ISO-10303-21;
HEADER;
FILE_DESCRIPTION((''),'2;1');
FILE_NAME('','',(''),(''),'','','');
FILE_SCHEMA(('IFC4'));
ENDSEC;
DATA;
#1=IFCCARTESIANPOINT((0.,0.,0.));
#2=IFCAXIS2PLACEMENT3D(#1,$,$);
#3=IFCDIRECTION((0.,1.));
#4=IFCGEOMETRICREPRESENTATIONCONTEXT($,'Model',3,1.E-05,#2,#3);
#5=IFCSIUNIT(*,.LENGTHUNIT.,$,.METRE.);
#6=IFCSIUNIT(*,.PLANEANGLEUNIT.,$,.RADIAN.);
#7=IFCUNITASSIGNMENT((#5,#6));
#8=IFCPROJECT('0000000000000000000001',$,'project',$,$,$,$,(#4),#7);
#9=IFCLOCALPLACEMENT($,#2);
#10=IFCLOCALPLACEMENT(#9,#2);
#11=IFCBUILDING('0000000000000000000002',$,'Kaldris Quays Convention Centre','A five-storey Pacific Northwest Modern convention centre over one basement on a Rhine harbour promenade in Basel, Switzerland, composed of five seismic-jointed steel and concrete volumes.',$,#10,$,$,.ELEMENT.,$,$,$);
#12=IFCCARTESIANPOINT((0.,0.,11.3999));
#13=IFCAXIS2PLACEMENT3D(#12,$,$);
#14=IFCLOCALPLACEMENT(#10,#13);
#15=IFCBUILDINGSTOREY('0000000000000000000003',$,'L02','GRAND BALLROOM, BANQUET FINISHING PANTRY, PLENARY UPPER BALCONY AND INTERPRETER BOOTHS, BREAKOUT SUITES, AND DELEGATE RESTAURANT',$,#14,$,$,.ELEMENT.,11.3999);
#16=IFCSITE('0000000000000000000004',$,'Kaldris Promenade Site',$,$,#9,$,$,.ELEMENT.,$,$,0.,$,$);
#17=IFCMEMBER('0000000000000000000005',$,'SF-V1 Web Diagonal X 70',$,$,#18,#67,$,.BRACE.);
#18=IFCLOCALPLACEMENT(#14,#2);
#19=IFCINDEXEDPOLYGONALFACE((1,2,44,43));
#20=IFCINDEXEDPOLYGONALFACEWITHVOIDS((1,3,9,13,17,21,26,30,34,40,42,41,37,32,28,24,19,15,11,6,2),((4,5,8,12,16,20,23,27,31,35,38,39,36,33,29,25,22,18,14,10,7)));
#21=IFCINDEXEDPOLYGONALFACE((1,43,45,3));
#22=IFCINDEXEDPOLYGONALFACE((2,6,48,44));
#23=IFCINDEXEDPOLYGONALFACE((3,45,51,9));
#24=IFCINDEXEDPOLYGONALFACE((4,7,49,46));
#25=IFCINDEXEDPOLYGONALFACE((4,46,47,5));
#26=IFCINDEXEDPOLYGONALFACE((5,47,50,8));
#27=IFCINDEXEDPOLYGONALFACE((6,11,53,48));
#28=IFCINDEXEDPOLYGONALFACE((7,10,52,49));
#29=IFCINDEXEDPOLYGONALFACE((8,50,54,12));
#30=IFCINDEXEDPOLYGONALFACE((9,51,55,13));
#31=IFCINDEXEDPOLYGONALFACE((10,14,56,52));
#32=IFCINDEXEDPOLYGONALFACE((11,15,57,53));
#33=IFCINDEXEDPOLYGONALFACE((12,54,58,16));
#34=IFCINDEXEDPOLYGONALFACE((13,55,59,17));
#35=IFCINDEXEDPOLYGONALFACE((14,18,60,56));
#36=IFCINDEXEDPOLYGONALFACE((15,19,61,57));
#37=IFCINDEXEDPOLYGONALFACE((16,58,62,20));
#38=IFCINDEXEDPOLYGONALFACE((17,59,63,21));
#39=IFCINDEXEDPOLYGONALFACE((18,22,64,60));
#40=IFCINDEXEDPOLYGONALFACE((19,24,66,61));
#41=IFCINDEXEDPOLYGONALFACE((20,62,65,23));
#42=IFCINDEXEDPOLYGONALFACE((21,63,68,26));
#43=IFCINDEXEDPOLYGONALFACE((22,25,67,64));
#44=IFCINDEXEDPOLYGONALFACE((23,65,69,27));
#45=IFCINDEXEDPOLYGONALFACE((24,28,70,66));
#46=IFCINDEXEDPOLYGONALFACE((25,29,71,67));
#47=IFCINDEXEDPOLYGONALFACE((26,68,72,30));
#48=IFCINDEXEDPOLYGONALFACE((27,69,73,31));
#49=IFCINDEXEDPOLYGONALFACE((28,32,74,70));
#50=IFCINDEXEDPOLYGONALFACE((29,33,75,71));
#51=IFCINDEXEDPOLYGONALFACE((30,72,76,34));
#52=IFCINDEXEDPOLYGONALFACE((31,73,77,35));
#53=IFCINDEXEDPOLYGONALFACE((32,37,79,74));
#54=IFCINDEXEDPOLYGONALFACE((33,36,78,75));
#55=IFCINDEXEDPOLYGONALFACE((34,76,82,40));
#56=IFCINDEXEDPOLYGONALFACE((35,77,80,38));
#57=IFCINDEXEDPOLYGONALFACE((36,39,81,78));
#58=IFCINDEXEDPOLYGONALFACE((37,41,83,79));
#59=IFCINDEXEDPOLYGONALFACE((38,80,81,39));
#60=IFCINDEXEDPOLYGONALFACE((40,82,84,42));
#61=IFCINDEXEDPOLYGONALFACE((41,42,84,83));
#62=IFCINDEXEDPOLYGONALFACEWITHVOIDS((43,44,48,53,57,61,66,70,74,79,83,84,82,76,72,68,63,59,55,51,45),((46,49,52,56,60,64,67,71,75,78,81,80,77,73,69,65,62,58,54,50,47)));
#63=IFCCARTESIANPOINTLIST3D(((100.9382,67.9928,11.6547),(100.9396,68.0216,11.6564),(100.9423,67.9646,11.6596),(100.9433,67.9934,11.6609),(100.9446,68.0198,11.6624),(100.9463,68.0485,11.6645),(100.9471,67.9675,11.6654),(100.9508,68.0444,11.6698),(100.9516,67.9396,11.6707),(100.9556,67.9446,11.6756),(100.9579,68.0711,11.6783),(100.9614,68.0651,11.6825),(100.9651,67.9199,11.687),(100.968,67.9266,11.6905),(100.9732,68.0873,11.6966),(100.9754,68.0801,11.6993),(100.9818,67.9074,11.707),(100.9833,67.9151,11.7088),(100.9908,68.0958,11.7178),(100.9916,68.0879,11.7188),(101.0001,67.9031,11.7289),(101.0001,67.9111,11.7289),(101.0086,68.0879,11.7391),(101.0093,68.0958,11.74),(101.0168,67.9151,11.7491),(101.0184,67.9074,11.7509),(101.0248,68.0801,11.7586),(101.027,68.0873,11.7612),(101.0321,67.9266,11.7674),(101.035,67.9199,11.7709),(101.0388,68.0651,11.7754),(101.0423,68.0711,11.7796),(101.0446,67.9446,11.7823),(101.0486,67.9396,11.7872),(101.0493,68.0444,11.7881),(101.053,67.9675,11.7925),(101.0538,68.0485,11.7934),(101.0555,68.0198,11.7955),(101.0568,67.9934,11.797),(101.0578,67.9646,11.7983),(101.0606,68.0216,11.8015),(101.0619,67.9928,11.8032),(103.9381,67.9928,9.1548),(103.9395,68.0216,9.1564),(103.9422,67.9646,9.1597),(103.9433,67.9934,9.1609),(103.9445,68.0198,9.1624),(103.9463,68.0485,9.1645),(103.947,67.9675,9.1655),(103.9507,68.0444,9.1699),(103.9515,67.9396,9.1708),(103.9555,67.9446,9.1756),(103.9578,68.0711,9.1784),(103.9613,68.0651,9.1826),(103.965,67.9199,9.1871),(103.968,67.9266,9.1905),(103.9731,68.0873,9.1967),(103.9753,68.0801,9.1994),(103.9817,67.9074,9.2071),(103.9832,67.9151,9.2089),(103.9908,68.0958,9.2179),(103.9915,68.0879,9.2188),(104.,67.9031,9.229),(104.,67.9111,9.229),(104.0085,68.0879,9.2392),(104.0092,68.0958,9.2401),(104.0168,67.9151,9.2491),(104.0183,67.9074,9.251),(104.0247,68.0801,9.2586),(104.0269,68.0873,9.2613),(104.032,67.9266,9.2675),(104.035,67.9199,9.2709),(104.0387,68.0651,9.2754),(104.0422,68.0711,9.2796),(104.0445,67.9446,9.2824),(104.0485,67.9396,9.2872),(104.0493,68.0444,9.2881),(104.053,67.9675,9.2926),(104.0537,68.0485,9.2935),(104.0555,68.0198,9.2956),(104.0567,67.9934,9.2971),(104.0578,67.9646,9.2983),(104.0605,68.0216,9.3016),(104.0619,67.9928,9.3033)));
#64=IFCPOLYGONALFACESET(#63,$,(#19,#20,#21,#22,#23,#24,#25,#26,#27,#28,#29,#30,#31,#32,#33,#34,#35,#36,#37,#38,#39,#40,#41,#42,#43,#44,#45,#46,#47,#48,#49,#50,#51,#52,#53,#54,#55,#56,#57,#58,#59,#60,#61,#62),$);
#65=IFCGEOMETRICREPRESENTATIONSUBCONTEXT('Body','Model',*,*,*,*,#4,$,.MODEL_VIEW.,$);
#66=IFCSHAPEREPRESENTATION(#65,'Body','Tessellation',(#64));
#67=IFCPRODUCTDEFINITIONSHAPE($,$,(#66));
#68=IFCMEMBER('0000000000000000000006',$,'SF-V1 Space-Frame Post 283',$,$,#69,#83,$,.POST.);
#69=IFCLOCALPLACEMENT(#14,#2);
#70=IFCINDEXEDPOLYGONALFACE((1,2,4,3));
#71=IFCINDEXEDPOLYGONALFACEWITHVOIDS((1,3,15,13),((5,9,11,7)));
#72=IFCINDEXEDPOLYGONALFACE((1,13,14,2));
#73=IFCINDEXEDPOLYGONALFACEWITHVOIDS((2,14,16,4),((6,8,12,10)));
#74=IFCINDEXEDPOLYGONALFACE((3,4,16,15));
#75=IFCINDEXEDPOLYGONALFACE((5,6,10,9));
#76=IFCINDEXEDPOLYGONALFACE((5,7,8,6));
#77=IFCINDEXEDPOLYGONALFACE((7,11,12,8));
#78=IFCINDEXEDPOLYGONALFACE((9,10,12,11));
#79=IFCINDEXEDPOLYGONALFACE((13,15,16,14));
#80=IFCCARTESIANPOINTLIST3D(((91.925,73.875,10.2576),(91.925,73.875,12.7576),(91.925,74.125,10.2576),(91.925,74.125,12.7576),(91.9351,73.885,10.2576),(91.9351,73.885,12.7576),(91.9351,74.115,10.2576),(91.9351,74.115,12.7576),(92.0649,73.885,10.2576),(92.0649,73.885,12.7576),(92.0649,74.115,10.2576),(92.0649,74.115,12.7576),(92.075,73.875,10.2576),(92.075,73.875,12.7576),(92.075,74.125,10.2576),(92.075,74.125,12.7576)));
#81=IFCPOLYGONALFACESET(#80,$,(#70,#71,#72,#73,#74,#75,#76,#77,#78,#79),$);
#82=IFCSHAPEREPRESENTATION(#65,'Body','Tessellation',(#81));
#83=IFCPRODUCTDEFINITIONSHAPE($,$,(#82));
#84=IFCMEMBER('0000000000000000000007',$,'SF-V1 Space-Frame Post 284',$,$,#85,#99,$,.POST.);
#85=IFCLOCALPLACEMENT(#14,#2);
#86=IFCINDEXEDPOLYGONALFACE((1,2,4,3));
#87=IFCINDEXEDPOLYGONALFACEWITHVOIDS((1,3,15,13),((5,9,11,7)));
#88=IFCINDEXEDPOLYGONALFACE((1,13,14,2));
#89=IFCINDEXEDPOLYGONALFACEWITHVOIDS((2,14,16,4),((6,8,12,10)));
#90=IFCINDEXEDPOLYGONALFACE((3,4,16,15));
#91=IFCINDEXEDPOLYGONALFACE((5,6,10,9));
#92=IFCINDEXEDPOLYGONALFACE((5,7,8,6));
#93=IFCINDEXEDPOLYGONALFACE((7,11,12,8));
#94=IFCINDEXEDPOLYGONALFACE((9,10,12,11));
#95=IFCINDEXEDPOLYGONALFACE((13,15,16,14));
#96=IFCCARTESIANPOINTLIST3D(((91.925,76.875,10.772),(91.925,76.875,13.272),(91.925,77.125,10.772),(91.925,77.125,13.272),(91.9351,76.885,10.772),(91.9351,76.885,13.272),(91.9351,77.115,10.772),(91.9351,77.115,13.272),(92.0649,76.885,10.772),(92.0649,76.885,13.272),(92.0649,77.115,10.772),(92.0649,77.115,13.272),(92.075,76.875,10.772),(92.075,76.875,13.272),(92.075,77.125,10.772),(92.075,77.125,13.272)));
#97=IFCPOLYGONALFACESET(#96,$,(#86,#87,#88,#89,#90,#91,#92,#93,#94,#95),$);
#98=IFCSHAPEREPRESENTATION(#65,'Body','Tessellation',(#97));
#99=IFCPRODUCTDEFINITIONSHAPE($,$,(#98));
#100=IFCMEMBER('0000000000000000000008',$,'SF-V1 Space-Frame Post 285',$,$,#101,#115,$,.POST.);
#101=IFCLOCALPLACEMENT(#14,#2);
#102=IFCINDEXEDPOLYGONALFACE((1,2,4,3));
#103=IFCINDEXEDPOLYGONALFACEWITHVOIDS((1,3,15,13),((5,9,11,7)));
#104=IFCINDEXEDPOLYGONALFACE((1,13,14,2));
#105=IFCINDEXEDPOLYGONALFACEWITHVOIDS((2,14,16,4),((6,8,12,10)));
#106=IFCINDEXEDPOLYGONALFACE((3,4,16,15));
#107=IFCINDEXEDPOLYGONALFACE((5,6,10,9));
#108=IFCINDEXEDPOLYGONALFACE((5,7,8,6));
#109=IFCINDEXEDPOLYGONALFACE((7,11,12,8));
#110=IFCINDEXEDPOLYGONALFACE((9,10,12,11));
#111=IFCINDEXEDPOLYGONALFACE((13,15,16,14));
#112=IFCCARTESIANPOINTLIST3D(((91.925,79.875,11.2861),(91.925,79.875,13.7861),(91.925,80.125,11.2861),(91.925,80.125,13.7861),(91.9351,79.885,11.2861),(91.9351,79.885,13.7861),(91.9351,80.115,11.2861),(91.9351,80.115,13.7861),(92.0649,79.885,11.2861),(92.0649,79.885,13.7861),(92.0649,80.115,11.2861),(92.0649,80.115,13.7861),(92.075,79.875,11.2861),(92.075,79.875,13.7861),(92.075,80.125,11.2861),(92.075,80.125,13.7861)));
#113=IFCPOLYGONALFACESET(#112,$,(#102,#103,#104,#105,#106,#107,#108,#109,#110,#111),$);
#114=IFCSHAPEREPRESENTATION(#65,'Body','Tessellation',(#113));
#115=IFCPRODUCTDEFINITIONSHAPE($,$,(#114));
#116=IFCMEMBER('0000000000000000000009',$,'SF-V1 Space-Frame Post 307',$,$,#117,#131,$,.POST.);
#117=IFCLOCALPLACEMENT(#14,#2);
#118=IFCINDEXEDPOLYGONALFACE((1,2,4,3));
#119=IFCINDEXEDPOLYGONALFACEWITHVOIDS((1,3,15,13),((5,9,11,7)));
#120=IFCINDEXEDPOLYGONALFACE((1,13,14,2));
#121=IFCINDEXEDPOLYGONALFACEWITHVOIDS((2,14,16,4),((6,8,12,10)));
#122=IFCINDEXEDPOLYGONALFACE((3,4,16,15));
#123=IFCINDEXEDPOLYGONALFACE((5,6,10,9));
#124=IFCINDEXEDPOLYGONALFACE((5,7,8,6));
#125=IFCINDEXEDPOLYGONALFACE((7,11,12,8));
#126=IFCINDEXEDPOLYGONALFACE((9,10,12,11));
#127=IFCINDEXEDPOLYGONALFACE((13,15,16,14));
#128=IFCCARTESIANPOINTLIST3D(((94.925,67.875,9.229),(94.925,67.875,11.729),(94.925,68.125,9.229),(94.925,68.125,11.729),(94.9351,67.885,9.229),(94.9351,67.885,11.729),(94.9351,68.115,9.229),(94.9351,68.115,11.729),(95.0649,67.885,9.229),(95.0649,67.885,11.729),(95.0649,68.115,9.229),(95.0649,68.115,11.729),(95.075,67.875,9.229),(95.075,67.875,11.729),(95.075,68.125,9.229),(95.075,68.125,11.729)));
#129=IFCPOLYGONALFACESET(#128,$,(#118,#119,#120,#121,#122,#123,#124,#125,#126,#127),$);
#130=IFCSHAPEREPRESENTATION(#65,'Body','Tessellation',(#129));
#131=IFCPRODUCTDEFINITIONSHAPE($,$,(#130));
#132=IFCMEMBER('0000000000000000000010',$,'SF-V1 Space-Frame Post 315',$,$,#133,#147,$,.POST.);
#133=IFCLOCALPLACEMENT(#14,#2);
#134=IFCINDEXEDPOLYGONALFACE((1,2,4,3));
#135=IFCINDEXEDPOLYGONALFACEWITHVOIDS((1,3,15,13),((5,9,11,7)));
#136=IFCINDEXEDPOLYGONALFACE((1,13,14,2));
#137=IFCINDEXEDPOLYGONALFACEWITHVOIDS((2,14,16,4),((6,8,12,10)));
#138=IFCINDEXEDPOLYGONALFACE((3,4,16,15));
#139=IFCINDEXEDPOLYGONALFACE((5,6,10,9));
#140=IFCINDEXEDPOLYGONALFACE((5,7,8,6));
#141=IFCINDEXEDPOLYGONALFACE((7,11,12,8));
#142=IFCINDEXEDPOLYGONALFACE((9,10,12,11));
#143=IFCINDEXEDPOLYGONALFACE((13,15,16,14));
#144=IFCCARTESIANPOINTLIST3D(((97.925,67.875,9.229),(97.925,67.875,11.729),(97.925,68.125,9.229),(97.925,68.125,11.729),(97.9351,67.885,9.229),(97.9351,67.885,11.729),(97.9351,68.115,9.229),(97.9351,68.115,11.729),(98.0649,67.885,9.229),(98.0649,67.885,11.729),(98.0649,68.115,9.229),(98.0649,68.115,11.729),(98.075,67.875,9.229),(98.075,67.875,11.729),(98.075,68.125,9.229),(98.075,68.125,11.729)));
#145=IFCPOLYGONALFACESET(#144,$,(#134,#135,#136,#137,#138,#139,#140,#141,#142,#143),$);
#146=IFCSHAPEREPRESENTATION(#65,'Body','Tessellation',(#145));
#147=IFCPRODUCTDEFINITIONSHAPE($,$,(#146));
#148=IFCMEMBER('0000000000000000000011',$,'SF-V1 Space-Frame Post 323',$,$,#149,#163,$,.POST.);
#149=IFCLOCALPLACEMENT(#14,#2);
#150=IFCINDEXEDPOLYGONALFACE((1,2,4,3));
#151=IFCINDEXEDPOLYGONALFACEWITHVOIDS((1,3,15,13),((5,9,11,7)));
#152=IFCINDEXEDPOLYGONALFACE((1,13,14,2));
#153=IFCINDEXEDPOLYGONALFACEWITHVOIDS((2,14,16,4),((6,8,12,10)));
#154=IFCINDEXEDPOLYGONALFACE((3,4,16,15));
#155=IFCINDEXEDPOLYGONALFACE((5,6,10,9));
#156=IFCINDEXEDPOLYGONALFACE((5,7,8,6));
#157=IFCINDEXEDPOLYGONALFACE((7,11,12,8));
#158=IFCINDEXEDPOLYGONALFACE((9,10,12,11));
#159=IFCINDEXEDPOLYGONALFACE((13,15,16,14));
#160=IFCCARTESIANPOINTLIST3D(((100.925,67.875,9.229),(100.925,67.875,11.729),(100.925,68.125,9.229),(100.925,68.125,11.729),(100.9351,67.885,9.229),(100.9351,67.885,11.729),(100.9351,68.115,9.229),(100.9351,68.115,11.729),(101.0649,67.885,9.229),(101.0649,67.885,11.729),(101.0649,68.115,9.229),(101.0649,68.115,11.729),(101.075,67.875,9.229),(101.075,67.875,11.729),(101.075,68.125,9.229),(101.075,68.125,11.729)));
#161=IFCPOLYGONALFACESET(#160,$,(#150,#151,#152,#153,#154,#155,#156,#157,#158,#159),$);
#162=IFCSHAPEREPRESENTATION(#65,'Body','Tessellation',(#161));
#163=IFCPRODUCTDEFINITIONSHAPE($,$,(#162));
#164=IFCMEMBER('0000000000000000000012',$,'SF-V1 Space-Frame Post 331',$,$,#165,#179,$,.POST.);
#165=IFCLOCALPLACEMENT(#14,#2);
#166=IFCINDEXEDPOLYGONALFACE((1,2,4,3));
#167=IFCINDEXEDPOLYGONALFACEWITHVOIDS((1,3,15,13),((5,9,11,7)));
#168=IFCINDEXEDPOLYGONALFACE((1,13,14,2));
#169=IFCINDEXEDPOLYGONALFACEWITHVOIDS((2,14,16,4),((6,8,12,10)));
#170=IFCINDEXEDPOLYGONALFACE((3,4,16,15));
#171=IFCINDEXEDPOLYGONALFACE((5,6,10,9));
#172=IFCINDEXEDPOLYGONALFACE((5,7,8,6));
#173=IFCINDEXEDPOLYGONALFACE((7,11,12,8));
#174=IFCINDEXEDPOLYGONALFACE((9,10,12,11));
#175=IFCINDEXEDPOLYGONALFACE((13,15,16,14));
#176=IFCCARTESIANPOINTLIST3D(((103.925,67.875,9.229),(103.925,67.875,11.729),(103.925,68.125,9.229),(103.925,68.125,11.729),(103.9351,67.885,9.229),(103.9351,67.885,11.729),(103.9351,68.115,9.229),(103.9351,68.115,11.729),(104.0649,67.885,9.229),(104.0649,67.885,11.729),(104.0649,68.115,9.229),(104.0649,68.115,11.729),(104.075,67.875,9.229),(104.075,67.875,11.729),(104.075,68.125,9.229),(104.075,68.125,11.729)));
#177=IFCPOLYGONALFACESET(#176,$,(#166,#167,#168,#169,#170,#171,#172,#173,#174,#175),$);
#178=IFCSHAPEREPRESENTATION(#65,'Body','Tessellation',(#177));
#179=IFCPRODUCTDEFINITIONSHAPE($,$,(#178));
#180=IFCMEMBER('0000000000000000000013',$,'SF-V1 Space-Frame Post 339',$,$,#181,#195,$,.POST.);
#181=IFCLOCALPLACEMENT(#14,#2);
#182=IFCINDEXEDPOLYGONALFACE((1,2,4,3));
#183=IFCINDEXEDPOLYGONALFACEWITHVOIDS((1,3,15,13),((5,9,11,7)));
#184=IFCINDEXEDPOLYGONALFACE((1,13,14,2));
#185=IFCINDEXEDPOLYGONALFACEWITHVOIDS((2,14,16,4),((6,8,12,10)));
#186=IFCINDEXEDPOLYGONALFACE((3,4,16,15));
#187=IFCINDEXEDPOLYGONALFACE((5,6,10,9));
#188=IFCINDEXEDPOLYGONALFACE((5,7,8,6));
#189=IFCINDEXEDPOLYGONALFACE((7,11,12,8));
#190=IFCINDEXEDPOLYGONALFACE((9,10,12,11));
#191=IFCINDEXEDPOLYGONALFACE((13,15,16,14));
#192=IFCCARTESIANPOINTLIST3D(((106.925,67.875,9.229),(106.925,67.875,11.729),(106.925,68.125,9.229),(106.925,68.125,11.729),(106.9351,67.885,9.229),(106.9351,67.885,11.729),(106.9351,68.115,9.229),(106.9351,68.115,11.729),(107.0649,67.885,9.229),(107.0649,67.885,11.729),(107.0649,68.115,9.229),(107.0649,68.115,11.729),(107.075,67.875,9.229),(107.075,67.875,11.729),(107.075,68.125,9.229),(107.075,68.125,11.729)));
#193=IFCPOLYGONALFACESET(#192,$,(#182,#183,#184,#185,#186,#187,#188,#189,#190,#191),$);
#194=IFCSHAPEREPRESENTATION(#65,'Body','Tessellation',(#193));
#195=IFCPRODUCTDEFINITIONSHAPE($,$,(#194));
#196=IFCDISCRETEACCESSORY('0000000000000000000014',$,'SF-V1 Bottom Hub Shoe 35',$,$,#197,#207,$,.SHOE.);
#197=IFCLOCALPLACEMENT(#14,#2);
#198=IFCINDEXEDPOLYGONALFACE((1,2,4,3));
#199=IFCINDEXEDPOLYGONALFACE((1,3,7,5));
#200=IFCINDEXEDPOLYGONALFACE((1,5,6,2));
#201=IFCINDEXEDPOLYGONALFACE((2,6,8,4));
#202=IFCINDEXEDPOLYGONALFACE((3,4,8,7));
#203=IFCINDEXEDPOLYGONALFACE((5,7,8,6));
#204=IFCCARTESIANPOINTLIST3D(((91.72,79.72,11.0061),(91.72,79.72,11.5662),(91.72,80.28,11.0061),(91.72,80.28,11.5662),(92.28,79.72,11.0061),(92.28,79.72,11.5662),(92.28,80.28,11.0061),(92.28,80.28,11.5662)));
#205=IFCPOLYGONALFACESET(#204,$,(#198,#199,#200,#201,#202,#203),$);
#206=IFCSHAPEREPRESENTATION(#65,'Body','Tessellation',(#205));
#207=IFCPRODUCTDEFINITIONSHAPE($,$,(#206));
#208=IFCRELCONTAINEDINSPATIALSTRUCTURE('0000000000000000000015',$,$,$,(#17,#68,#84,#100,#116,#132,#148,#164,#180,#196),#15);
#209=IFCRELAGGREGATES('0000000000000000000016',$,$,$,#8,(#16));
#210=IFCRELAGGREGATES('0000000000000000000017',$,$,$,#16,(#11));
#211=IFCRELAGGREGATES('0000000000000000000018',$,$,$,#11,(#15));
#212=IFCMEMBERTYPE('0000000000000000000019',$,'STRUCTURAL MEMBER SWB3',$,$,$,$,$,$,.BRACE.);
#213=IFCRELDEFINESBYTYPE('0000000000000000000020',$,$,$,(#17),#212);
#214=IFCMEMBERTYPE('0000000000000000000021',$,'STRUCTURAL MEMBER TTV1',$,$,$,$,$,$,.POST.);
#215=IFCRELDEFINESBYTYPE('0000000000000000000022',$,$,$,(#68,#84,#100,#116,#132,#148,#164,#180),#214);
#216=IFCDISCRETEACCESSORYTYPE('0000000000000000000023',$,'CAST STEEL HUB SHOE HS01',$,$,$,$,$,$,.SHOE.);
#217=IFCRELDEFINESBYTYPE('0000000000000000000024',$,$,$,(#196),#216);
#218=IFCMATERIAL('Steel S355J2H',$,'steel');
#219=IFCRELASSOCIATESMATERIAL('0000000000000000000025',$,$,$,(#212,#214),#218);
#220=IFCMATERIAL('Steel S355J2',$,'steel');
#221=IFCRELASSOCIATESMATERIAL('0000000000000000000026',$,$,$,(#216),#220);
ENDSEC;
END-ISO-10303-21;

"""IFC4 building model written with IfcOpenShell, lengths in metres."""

from ifc_helpers import new_model, si_unit, direction, frame, origin, origin_2d, place, context, subcontext, project, spatial, rectangle, hollow_rectangle, hollow_circle, extrude, material, material_profile, profile_set, type_object, element, save


model = new_model("IFC4")

# Units and contexts
model_context = context("Model", 3, precision=1e-05, world=origin(), true_north=direction((0.0, 1.0)))
body_context = subcontext(model_context, "Body", "Model", "MODEL_VIEW")
ifc_project = project(units=[si_unit("LENGTHUNIT", "METRE"), si_unit("PLANEANGLEUNIT", "RADIAN")], contexts=[model_context])

# Site, building, storey
site_placement = place(None, origin())
site = spatial("IfcSite", under=ifc_project, at=site_placement, Name="Kaldris Promenade Site", CompositionType="ELEMENT", RefElevation=0.0)
building_placement = place(site_placement, origin())
building = spatial("IfcBuilding", under=site, at=building_placement, Name="Kaldris Quays Convention Centre", Description="A five-storey Pacific Northwest Modern convention centre over one basement on a Rhine harbour promenade in Basel, Switzerland, composed of five seismic-jointed steel and concrete volumes.", CompositionType="ELEMENT")
storey_placement = place(building_placement, frame((0.0, 0.0, 11.3999)))
storey = spatial("IfcBuildingStorey", under=building, at=storey_placement, Name="L02", Description="GRAND BALLROOM, BANQUET FINISHING PANTRY, PLENARY UPPER BALCONY AND INTERPRETER BOOTHS, BREAKOUT SUITES, AND DELEGATE RESTAURANT", CompositionType="ELEMENT", Elevation=11.3999)

# Members
ifc_material_1 = material(Name="Steel S355J2H", Category="steel")
ifc_material_profile_1 = material_profile(ifc_material_1, hollow_circle(Radius=0.0969, WallThickness=0.0081, at=origin_2d()), Name="CHS 193.7x8")
ifc_profile_set_1 = profile_set([ifc_material_profile_1], Name="Steel S355J2H")
member_type_1 = type_object("IfcMemberType", Name="STRUCTURAL MEMBER SWB3", PredefinedType="BRACE", material=ifc_profile_set_1)
member_1_placement = place(storey_placement, frame((104.0, 68.0, 9.229), z_axis=(-0.768221, 0.0, 0.640184), x_axis=(0.0, -1.0, 0.0)))
element("IfcMember", 1, at=member_1_placement, inside=storey, type_object=member_type_1, Name="SF-V1 Web Diagonal X 70", PredefinedType="BRACE", context=body_context, shape_type="SweptSolid", body=[
    extrude(hollow_circle(Radius=0.0969, WallThickness=0.0081, at=origin_2d()), origin(), (0.0, 0.0, 1.0), 3.905),
])
ifc_material_profile_2 = material_profile(ifc_material_1, hollow_rectangle(XDim=0.1499, YDim=0.25, WallThickness=0.01, at=origin_2d()), Name="RHS 250x150x10")
ifc_profile_set_2 = profile_set([ifc_material_profile_2], Name="Steel S355J2H")
member_type_2 = type_object("IfcMemberType", Name="STRUCTURAL MEMBER TTV1", PredefinedType="POST", material=ifc_profile_set_2)
for number, where, z_axis, x_axis, name in (
    (2, (92.0, 74.0, 10.2576), (0.0, 0.0, 1.0), (1.0, 0.0, 0.0), "SF-V1 Space-Frame Post 283"),
    (3, (92.0, 77.0, 10.772), (0.0, 0.0, 1.0), (1.0, 0.0, 0.0), "SF-V1 Space-Frame Post 284"),
    (4, (92.0, 80.0, 11.2861), (0.0, 0.0, 1.0), (1.0, 0.0, 0.0), "SF-V1 Space-Frame Post 285"),
    (5, (95.0, 68.0, 9.229), (0.0, 0.0, 1.0), (1.0, 0.0, 0.0), "SF-V1 Space-Frame Post 307"),
    (6, (98.0, 68.0, 9.229), (0.0, 0.0, 1.0), (1.0, 0.0, 0.0), "SF-V1 Space-Frame Post 315"),
    (7, (101.0, 68.0, 9.229), (0.0, 0.0, 1.0), (1.0, 0.0, 0.0), "SF-V1 Space-Frame Post 323"),
    (8, (104.0, 68.0, 9.229), (0.0, 0.0, 1.0), (1.0, 0.0, 0.0), "SF-V1 Space-Frame Post 331"),
    (9, (107.0, 68.0, 9.229), (0.0, 0.0, 1.0), (1.0, 0.0, 0.0), "SF-V1 Space-Frame Post 339"),
):
    element("IfcMember", number, at=place(storey_placement, frame(where, z_axis=z_axis, x_axis=x_axis)), inside=storey, type_object=member_type_2, Name=name, PredefinedType="POST", context=body_context, shape_type="SweptSolid", body=[
        extrude(hollow_rectangle(XDim=0.1499, YDim=0.25, WallThickness=0.01, at=origin_2d()), origin(), (0.0, 0.0, 1.0), 2.5),
    ])

# Discrete accessory
ifc_material_2 = material(Name="Steel S355J2", Category="steel")
discrete_accessory_type = type_object("IfcDiscreteAccessoryType", Name="CAST STEEL HUB SHOE HS01", PredefinedType="SHOE", material=ifc_material_2)
discrete_accessory_placement = place(storey_placement, frame((92.0, 80.0, 11.0061), z_axis=(0.0, 0.0, 1.0), x_axis=(1.0, 0.0, 0.0)))
element("IfcDiscreteAccessory", 10, at=discrete_accessory_placement, inside=storey, type_object=discrete_accessory_type, Name="SF-V1 Bottom Hub Shoe 35", PredefinedType="SHOE", context=body_context, shape_type="SweptSolid", body=[
    extrude(rectangle(XDim=0.5601, YDim=0.5601, at=origin_2d()), origin(), (0.0, 0.0, 1.0), 0.5601),
])

save(model, "model.ifc")
